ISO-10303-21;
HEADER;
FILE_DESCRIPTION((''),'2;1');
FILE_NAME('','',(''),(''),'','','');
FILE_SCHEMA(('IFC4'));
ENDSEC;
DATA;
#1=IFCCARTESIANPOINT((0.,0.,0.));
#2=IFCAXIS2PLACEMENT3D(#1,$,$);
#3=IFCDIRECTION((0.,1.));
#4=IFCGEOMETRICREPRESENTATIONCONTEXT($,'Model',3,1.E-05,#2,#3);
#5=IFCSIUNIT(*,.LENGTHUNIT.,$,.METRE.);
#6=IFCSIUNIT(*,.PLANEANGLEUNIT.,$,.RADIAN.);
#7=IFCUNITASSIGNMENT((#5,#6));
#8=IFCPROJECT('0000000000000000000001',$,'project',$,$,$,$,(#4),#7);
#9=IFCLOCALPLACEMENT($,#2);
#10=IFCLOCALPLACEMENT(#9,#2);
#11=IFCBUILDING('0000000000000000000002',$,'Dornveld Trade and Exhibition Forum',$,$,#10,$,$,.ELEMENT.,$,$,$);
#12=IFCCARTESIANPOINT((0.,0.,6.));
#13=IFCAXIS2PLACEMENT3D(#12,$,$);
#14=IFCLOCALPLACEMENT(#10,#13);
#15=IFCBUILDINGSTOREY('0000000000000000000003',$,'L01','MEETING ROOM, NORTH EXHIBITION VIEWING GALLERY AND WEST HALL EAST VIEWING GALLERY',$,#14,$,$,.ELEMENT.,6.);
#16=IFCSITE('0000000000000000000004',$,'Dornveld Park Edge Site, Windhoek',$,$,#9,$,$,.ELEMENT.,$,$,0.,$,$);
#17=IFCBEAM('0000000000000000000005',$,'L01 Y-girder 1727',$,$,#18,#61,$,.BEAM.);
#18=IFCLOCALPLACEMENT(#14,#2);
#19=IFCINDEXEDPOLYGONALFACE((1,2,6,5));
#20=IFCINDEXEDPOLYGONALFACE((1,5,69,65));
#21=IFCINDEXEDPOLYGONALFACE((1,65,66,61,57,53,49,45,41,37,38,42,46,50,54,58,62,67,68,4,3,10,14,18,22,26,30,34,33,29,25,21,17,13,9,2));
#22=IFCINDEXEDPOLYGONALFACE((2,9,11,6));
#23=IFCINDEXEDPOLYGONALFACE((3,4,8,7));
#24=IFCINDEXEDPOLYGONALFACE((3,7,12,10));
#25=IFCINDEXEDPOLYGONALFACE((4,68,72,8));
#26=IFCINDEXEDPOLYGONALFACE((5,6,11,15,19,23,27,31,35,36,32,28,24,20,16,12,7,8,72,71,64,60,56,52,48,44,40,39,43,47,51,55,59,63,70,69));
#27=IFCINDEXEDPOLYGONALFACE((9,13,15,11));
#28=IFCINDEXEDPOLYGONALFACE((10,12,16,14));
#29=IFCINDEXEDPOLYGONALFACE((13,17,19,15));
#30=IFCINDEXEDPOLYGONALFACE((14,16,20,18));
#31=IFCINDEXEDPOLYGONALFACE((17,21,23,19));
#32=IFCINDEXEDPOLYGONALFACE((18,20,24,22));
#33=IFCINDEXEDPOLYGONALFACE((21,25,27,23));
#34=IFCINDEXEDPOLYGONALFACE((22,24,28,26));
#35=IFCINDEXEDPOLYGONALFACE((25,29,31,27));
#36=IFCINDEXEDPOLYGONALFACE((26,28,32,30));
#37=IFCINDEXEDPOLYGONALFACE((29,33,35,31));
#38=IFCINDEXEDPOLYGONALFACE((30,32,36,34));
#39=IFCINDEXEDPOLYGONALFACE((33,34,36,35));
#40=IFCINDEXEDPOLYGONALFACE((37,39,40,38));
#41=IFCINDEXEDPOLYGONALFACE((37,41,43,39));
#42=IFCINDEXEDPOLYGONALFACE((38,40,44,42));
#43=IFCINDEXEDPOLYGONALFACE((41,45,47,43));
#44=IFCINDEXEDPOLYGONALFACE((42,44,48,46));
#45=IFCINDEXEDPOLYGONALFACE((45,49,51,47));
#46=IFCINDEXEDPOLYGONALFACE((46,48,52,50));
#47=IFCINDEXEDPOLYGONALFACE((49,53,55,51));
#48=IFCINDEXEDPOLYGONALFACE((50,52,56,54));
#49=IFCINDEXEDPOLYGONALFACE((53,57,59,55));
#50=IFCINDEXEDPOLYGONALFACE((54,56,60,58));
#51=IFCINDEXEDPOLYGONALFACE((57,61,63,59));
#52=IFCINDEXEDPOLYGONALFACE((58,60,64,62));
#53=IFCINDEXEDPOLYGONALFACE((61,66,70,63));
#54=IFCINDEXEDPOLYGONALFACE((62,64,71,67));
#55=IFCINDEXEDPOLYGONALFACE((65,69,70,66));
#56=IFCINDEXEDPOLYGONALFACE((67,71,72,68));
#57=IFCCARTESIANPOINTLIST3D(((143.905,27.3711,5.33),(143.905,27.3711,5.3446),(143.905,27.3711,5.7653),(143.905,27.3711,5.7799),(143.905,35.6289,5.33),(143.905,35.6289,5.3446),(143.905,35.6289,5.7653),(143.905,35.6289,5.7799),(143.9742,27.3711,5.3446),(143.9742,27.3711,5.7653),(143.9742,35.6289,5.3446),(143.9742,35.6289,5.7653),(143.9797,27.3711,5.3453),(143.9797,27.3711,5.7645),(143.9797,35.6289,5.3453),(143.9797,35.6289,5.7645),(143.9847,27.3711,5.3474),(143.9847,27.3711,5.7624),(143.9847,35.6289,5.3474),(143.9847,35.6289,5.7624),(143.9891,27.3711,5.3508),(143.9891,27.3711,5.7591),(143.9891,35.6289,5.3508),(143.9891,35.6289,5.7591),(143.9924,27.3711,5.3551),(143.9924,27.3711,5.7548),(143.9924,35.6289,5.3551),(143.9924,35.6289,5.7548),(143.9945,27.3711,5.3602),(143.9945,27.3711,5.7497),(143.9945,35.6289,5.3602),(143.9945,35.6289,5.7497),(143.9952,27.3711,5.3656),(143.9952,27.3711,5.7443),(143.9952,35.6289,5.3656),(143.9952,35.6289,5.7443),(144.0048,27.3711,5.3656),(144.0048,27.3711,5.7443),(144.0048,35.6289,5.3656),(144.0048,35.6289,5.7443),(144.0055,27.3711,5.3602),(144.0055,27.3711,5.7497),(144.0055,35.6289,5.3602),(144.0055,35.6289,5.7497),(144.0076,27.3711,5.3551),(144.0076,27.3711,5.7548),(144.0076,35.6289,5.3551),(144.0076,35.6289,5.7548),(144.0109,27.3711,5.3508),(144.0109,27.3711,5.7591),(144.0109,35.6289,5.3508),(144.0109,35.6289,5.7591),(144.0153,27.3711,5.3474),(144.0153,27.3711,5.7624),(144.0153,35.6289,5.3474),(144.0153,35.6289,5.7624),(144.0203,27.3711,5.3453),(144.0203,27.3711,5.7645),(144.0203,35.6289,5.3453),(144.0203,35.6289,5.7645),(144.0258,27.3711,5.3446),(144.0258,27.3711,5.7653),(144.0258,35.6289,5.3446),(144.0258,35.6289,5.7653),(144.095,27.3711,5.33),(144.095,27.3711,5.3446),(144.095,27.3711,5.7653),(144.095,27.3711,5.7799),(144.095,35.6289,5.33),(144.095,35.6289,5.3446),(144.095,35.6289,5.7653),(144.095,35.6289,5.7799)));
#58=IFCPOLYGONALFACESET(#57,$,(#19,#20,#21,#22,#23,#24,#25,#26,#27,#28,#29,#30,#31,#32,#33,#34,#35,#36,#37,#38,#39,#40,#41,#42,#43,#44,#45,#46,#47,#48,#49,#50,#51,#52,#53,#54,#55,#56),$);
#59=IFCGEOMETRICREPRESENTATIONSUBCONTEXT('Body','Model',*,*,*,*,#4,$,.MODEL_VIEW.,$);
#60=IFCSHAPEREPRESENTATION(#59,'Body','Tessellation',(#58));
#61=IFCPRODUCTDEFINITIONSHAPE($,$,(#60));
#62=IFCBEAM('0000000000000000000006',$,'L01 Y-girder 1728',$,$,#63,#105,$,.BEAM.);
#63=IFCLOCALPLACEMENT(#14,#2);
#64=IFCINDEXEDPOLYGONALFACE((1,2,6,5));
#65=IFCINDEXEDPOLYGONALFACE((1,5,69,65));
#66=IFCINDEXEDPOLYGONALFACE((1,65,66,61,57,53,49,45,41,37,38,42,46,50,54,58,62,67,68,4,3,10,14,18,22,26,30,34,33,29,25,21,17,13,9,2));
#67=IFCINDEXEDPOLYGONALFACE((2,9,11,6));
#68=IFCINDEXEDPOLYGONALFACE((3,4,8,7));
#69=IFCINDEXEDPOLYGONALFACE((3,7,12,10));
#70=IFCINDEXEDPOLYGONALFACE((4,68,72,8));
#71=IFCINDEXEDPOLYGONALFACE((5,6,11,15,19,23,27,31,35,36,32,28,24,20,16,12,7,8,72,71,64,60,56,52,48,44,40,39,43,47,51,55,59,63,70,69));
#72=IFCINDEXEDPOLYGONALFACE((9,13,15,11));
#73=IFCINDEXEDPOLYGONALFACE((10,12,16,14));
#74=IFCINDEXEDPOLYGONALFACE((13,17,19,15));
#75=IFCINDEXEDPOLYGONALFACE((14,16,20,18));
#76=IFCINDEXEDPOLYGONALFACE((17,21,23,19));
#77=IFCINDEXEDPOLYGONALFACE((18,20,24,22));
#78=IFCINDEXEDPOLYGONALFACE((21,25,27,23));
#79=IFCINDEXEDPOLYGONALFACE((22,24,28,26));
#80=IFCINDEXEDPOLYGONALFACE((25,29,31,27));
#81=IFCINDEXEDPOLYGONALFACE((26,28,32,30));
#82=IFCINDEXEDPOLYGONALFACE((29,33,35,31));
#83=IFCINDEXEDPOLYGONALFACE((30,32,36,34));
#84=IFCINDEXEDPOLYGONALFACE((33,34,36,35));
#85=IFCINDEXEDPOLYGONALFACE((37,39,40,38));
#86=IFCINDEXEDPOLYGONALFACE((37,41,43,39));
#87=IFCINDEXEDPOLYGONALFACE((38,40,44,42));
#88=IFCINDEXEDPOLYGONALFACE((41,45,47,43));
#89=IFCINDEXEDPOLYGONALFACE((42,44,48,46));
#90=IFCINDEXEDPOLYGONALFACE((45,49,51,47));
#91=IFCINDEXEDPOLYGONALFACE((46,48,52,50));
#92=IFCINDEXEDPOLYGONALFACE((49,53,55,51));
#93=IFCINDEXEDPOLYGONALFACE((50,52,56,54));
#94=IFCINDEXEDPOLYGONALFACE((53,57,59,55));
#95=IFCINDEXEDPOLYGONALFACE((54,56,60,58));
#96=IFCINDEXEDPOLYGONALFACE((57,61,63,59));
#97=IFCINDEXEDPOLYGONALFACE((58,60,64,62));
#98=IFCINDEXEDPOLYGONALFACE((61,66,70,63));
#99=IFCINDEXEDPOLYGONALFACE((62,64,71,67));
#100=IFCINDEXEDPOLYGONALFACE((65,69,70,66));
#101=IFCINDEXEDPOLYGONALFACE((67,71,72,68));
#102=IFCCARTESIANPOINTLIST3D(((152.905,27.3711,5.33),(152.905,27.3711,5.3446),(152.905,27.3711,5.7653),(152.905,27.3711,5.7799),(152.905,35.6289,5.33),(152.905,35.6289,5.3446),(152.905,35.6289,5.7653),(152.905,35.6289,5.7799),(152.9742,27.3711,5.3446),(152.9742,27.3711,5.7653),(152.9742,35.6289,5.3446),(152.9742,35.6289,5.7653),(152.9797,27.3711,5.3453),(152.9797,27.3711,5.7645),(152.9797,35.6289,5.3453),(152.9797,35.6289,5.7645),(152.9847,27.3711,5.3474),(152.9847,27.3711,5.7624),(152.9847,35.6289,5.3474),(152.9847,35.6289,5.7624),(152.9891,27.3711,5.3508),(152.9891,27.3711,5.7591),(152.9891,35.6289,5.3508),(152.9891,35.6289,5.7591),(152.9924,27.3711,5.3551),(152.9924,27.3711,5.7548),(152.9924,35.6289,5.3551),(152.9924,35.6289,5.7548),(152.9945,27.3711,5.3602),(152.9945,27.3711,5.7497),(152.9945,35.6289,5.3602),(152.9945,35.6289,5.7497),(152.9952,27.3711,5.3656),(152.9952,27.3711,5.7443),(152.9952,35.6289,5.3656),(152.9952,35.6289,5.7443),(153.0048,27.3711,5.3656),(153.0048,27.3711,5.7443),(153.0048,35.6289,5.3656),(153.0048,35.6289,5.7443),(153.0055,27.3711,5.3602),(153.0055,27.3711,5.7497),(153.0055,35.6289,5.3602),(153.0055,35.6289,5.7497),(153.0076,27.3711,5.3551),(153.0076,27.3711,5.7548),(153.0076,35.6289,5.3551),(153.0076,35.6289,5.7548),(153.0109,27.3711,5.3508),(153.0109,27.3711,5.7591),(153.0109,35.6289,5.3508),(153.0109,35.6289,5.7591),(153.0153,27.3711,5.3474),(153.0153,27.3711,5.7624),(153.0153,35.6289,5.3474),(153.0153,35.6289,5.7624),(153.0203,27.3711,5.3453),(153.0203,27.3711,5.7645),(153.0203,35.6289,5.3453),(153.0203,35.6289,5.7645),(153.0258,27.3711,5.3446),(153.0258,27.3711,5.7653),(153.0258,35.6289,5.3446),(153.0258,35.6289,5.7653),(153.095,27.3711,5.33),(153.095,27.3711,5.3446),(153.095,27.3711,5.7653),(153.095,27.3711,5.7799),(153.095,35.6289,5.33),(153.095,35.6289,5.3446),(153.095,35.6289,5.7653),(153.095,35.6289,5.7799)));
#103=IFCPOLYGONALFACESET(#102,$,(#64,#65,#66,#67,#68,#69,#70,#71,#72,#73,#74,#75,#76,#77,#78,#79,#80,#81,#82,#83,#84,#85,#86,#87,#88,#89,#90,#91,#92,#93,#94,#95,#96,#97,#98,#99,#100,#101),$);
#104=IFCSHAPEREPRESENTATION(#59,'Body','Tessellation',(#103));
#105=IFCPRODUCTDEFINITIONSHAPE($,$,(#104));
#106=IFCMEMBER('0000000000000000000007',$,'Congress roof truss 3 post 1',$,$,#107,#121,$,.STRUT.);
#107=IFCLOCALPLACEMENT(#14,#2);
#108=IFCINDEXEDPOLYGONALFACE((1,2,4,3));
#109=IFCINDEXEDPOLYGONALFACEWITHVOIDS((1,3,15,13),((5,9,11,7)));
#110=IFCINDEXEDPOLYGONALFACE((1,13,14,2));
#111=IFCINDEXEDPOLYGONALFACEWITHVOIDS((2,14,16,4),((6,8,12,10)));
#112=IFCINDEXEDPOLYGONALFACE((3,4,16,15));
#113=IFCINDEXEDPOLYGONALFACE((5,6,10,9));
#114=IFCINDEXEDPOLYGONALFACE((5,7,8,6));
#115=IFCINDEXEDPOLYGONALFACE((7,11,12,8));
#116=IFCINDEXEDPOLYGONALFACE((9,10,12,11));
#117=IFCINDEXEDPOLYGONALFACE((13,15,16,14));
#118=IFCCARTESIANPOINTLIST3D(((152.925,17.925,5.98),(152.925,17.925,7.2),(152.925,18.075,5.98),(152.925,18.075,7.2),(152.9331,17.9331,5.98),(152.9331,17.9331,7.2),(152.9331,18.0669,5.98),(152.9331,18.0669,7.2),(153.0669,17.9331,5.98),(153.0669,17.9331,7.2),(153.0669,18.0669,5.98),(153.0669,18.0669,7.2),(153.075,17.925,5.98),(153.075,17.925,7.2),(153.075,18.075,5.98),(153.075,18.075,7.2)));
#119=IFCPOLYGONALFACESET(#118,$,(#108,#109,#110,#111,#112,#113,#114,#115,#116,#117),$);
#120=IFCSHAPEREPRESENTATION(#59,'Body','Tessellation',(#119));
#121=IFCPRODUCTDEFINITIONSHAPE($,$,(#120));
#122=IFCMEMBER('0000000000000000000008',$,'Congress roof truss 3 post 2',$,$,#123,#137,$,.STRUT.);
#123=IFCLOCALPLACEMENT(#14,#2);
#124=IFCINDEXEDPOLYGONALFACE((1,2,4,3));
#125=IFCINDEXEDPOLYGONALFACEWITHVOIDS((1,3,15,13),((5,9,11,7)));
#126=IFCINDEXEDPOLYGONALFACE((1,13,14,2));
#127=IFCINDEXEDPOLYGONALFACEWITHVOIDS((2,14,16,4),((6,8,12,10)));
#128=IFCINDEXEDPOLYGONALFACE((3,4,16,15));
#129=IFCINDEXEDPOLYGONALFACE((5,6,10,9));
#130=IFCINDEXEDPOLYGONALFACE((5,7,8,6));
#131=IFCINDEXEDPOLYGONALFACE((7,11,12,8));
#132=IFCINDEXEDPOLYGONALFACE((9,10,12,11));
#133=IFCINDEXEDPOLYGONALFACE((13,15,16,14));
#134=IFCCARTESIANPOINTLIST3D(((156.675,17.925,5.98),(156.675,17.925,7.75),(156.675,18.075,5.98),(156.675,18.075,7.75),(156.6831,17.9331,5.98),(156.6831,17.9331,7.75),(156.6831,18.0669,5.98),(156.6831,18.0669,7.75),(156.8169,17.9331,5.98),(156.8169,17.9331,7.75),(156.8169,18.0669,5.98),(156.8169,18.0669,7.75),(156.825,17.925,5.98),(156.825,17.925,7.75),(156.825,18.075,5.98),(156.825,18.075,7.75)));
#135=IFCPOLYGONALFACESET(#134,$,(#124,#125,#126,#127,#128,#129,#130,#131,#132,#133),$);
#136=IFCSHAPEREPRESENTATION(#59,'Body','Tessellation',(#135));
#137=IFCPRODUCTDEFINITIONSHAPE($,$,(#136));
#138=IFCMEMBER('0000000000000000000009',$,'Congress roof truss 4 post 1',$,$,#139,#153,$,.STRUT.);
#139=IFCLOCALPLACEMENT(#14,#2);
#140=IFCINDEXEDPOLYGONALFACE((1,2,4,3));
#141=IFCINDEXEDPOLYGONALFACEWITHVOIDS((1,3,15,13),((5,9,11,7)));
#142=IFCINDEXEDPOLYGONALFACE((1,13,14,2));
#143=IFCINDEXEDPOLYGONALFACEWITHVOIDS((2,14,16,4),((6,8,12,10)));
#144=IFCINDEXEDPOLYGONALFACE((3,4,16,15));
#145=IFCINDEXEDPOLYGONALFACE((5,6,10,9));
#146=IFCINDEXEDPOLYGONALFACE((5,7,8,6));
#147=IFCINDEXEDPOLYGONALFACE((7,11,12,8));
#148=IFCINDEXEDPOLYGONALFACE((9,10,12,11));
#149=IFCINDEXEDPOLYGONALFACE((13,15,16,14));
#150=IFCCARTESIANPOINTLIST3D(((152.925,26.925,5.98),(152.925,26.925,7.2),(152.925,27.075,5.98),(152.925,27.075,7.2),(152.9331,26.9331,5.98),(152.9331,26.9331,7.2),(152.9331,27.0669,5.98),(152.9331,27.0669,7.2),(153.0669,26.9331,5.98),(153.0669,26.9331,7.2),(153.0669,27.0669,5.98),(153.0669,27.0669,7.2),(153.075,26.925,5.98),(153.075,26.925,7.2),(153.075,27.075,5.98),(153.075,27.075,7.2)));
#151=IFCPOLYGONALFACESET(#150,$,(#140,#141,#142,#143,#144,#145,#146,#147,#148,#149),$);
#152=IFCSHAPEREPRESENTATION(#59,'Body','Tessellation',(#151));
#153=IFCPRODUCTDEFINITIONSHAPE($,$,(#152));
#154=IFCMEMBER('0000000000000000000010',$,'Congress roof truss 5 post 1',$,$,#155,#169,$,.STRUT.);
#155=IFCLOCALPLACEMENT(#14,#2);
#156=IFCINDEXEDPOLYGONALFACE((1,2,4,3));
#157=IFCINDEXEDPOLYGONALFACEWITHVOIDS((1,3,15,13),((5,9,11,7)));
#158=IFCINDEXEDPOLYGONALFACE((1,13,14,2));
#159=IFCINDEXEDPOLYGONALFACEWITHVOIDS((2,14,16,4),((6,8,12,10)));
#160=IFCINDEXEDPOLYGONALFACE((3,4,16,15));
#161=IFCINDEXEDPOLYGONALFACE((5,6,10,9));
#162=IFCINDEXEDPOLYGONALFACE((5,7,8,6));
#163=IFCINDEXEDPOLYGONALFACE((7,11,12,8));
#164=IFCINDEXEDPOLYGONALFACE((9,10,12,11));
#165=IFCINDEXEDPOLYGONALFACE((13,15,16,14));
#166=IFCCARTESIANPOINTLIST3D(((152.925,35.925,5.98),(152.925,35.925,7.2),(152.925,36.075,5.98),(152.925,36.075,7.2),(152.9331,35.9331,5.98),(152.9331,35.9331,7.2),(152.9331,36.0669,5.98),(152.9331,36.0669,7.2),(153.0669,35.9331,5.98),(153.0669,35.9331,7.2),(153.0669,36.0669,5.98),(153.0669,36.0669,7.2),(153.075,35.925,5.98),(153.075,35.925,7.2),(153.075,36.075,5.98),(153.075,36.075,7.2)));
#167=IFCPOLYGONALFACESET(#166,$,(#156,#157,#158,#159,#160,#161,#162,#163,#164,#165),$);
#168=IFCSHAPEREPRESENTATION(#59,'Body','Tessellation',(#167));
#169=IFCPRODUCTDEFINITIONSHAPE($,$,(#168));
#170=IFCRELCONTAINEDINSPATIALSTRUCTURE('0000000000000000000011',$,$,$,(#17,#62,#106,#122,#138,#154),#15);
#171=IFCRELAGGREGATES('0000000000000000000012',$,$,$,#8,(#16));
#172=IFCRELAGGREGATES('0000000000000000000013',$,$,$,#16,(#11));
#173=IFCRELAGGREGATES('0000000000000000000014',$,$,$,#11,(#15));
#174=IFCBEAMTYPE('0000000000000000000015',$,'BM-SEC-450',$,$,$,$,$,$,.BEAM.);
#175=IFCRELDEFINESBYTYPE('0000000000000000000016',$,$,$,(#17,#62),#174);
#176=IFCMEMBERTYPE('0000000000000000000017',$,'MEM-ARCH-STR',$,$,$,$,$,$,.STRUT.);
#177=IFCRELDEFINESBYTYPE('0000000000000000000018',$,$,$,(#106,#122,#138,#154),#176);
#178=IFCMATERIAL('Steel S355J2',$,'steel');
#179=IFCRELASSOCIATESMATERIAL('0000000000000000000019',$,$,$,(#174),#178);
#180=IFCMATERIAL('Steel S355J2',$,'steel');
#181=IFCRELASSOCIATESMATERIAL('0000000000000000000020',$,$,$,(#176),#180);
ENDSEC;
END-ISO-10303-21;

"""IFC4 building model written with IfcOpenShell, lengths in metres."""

from ifc_helpers import new_model, si_unit, direction, frame, origin, origin_2d, place, context, subcontext, project, spatial, hollow_rectangle, i_section, extrude, material, material_profile, profile_set, type_object, element, save


model = new_model("IFC4")

# Units and contexts
model_context = context("Model", 3, precision=1e-05, world=origin(), true_north=direction((0.0, 1.0)))
body_context = subcontext(model_context, "Body", "Model", "MODEL_VIEW")
ifc_project = project(units=[si_unit("LENGTHUNIT", "METRE"), si_unit("PLANEANGLEUNIT", "RADIAN")], contexts=[model_context])

# Site, building, storey
site_placement = place(None, origin())
site = spatial("IfcSite", under=ifc_project, at=site_placement, Name="Dornveld Park Edge Site, Windhoek", CompositionType="ELEMENT", RefElevation=0.0)
building_placement = place(site_placement, origin())
building = spatial("IfcBuilding", under=site, at=building_placement, Name="Dornveld Trade and Exhibition Forum", CompositionType="ELEMENT")
storey_placement = place(building_placement, frame((0.0, 0.0, 6.0)))
storey = spatial("IfcBuildingStorey", under=building, at=storey_placement, Name="L01", Description="MEETING ROOM, NORTH EXHIBITION VIEWING GALLERY AND WEST HALL EAST VIEWING GALLERY", CompositionType="ELEMENT", Elevation=6.0)

# Beams
ifc_material_1 = material(Name="Steel S355J2", Category="steel")
ifc_material_profile_1 = material_profile(ifc_material_1, i_section(OverallWidth=0.1899, OverallDepth=0.45, WebThickness=0.0095, FlangeThickness=0.0146, FilletRadius=0.021, at=origin_2d()), Name="IPE 450")
ifc_profile_set_1 = profile_set([ifc_material_profile_1], Name="Steel S355J2")
beam_type_1 = type_object("IfcBeamType", Name="BM-SEC-450", PredefinedType="BEAM", material=ifc_profile_set_1)
for number, where, z_axis, x_axis, name in (
    (1, (144.0, 27.3711, 5.5549), (0.0, 1.0, 0.0), (-1.0, 0.0, 0.0), "L01 Y-girder 1727"),
    (2, (153.0, 27.3711, 5.5549), (0.0, 1.0, 0.0), (-1.0, 0.0, 0.0), "L01 Y-girder 1728"),
):
    element("IfcBeam", number, at=place(storey_placement, frame(where, z_axis=z_axis, x_axis=x_axis)), inside=storey, type_object=beam_type_1, Name=name, PredefinedType="BEAM", context=body_context, shape_type="SweptSolid", body=[
        extrude(i_section(OverallWidth=0.1899, OverallDepth=0.45, WebThickness=0.0095, FlangeThickness=0.0146, FilletRadius=0.021, at=origin_2d()), origin(), (0.0, 0.0, 1.0), 8.2578),
    ])

# Members
ifc_material_2 = material(Name="Steel S355J2", Category="steel")
ifc_material_profile_2 = material_profile(ifc_material_2, hollow_rectangle(XDim=0.1499, YDim=0.1499, WallThickness=0.0081, at=origin_2d()), Name="SHS 150x150x8")
ifc_profile_set_2 = profile_set([ifc_material_profile_2], Name="Steel S355J2")
member_type_1 = type_object("IfcMemberType", Name="MEM-ARCH-STR", PredefinedType="STRUT", material=ifc_profile_set_2)
member_1_placement = place(storey_placement, frame((153.0, 18.0, 5.98), z_axis=(0.0, 0.0, 1.0), x_axis=(1.0, 0.0, 0.0)))
element("IfcMember", 3, at=member_1_placement, inside=storey, type_object=member_type_1, Name="Congress roof truss 3 post 1", PredefinedType="STRUT", context=body_context, shape_type="SweptSolid", body=[
    extrude(hollow_rectangle(XDim=0.1499, YDim=0.1499, WallThickness=0.0081, at=origin_2d()), origin(), (0.0, 0.0, 1.0), 1.22),
])
member_2_placement = place(storey_placement, frame((156.75, 18.0, 5.98), z_axis=(0.0, 0.0, 1.0), x_axis=(1.0, 0.0, 0.0)))
element("IfcMember", 4, at=member_2_placement, inside=storey, type_object=member_type_1, Name="Congress roof truss 3 post 2", PredefinedType="STRUT", context=body_context, shape_type="SweptSolid", body=[
    extrude(hollow_rectangle(XDim=0.1499, YDim=0.1499, WallThickness=0.0081, at=origin_2d()), origin(), (0.0, 0.0, 1.0), 1.77),
])
for number, where, z_axis, x_axis, name in (
    (5, (153.0, 27.0, 5.98), (0.0, 0.0, 1.0), (1.0, 0.0, 0.0), "Congress roof truss 4 post 1"),
    (6, (153.0, 36.0, 5.98), (0.0, 0.0, 1.0), (1.0, 0.0, 0.0), "Congress roof truss 5 post 1"),
):
    element("IfcMember", number, at=place(storey_placement, frame(where, z_axis=z_axis, x_axis=x_axis)), inside=storey, type_object=member_type_1, Name=name, PredefinedType="STRUT", context=body_context, shape_type="SweptSolid", body=[
        extrude(hollow_rectangle(XDim=0.1499, YDim=0.1499, WallThickness=0.0081, at=origin_2d()), origin(), (0.0, 0.0, 1.0), 1.22),
    ])

save(model, "model.ifc")
